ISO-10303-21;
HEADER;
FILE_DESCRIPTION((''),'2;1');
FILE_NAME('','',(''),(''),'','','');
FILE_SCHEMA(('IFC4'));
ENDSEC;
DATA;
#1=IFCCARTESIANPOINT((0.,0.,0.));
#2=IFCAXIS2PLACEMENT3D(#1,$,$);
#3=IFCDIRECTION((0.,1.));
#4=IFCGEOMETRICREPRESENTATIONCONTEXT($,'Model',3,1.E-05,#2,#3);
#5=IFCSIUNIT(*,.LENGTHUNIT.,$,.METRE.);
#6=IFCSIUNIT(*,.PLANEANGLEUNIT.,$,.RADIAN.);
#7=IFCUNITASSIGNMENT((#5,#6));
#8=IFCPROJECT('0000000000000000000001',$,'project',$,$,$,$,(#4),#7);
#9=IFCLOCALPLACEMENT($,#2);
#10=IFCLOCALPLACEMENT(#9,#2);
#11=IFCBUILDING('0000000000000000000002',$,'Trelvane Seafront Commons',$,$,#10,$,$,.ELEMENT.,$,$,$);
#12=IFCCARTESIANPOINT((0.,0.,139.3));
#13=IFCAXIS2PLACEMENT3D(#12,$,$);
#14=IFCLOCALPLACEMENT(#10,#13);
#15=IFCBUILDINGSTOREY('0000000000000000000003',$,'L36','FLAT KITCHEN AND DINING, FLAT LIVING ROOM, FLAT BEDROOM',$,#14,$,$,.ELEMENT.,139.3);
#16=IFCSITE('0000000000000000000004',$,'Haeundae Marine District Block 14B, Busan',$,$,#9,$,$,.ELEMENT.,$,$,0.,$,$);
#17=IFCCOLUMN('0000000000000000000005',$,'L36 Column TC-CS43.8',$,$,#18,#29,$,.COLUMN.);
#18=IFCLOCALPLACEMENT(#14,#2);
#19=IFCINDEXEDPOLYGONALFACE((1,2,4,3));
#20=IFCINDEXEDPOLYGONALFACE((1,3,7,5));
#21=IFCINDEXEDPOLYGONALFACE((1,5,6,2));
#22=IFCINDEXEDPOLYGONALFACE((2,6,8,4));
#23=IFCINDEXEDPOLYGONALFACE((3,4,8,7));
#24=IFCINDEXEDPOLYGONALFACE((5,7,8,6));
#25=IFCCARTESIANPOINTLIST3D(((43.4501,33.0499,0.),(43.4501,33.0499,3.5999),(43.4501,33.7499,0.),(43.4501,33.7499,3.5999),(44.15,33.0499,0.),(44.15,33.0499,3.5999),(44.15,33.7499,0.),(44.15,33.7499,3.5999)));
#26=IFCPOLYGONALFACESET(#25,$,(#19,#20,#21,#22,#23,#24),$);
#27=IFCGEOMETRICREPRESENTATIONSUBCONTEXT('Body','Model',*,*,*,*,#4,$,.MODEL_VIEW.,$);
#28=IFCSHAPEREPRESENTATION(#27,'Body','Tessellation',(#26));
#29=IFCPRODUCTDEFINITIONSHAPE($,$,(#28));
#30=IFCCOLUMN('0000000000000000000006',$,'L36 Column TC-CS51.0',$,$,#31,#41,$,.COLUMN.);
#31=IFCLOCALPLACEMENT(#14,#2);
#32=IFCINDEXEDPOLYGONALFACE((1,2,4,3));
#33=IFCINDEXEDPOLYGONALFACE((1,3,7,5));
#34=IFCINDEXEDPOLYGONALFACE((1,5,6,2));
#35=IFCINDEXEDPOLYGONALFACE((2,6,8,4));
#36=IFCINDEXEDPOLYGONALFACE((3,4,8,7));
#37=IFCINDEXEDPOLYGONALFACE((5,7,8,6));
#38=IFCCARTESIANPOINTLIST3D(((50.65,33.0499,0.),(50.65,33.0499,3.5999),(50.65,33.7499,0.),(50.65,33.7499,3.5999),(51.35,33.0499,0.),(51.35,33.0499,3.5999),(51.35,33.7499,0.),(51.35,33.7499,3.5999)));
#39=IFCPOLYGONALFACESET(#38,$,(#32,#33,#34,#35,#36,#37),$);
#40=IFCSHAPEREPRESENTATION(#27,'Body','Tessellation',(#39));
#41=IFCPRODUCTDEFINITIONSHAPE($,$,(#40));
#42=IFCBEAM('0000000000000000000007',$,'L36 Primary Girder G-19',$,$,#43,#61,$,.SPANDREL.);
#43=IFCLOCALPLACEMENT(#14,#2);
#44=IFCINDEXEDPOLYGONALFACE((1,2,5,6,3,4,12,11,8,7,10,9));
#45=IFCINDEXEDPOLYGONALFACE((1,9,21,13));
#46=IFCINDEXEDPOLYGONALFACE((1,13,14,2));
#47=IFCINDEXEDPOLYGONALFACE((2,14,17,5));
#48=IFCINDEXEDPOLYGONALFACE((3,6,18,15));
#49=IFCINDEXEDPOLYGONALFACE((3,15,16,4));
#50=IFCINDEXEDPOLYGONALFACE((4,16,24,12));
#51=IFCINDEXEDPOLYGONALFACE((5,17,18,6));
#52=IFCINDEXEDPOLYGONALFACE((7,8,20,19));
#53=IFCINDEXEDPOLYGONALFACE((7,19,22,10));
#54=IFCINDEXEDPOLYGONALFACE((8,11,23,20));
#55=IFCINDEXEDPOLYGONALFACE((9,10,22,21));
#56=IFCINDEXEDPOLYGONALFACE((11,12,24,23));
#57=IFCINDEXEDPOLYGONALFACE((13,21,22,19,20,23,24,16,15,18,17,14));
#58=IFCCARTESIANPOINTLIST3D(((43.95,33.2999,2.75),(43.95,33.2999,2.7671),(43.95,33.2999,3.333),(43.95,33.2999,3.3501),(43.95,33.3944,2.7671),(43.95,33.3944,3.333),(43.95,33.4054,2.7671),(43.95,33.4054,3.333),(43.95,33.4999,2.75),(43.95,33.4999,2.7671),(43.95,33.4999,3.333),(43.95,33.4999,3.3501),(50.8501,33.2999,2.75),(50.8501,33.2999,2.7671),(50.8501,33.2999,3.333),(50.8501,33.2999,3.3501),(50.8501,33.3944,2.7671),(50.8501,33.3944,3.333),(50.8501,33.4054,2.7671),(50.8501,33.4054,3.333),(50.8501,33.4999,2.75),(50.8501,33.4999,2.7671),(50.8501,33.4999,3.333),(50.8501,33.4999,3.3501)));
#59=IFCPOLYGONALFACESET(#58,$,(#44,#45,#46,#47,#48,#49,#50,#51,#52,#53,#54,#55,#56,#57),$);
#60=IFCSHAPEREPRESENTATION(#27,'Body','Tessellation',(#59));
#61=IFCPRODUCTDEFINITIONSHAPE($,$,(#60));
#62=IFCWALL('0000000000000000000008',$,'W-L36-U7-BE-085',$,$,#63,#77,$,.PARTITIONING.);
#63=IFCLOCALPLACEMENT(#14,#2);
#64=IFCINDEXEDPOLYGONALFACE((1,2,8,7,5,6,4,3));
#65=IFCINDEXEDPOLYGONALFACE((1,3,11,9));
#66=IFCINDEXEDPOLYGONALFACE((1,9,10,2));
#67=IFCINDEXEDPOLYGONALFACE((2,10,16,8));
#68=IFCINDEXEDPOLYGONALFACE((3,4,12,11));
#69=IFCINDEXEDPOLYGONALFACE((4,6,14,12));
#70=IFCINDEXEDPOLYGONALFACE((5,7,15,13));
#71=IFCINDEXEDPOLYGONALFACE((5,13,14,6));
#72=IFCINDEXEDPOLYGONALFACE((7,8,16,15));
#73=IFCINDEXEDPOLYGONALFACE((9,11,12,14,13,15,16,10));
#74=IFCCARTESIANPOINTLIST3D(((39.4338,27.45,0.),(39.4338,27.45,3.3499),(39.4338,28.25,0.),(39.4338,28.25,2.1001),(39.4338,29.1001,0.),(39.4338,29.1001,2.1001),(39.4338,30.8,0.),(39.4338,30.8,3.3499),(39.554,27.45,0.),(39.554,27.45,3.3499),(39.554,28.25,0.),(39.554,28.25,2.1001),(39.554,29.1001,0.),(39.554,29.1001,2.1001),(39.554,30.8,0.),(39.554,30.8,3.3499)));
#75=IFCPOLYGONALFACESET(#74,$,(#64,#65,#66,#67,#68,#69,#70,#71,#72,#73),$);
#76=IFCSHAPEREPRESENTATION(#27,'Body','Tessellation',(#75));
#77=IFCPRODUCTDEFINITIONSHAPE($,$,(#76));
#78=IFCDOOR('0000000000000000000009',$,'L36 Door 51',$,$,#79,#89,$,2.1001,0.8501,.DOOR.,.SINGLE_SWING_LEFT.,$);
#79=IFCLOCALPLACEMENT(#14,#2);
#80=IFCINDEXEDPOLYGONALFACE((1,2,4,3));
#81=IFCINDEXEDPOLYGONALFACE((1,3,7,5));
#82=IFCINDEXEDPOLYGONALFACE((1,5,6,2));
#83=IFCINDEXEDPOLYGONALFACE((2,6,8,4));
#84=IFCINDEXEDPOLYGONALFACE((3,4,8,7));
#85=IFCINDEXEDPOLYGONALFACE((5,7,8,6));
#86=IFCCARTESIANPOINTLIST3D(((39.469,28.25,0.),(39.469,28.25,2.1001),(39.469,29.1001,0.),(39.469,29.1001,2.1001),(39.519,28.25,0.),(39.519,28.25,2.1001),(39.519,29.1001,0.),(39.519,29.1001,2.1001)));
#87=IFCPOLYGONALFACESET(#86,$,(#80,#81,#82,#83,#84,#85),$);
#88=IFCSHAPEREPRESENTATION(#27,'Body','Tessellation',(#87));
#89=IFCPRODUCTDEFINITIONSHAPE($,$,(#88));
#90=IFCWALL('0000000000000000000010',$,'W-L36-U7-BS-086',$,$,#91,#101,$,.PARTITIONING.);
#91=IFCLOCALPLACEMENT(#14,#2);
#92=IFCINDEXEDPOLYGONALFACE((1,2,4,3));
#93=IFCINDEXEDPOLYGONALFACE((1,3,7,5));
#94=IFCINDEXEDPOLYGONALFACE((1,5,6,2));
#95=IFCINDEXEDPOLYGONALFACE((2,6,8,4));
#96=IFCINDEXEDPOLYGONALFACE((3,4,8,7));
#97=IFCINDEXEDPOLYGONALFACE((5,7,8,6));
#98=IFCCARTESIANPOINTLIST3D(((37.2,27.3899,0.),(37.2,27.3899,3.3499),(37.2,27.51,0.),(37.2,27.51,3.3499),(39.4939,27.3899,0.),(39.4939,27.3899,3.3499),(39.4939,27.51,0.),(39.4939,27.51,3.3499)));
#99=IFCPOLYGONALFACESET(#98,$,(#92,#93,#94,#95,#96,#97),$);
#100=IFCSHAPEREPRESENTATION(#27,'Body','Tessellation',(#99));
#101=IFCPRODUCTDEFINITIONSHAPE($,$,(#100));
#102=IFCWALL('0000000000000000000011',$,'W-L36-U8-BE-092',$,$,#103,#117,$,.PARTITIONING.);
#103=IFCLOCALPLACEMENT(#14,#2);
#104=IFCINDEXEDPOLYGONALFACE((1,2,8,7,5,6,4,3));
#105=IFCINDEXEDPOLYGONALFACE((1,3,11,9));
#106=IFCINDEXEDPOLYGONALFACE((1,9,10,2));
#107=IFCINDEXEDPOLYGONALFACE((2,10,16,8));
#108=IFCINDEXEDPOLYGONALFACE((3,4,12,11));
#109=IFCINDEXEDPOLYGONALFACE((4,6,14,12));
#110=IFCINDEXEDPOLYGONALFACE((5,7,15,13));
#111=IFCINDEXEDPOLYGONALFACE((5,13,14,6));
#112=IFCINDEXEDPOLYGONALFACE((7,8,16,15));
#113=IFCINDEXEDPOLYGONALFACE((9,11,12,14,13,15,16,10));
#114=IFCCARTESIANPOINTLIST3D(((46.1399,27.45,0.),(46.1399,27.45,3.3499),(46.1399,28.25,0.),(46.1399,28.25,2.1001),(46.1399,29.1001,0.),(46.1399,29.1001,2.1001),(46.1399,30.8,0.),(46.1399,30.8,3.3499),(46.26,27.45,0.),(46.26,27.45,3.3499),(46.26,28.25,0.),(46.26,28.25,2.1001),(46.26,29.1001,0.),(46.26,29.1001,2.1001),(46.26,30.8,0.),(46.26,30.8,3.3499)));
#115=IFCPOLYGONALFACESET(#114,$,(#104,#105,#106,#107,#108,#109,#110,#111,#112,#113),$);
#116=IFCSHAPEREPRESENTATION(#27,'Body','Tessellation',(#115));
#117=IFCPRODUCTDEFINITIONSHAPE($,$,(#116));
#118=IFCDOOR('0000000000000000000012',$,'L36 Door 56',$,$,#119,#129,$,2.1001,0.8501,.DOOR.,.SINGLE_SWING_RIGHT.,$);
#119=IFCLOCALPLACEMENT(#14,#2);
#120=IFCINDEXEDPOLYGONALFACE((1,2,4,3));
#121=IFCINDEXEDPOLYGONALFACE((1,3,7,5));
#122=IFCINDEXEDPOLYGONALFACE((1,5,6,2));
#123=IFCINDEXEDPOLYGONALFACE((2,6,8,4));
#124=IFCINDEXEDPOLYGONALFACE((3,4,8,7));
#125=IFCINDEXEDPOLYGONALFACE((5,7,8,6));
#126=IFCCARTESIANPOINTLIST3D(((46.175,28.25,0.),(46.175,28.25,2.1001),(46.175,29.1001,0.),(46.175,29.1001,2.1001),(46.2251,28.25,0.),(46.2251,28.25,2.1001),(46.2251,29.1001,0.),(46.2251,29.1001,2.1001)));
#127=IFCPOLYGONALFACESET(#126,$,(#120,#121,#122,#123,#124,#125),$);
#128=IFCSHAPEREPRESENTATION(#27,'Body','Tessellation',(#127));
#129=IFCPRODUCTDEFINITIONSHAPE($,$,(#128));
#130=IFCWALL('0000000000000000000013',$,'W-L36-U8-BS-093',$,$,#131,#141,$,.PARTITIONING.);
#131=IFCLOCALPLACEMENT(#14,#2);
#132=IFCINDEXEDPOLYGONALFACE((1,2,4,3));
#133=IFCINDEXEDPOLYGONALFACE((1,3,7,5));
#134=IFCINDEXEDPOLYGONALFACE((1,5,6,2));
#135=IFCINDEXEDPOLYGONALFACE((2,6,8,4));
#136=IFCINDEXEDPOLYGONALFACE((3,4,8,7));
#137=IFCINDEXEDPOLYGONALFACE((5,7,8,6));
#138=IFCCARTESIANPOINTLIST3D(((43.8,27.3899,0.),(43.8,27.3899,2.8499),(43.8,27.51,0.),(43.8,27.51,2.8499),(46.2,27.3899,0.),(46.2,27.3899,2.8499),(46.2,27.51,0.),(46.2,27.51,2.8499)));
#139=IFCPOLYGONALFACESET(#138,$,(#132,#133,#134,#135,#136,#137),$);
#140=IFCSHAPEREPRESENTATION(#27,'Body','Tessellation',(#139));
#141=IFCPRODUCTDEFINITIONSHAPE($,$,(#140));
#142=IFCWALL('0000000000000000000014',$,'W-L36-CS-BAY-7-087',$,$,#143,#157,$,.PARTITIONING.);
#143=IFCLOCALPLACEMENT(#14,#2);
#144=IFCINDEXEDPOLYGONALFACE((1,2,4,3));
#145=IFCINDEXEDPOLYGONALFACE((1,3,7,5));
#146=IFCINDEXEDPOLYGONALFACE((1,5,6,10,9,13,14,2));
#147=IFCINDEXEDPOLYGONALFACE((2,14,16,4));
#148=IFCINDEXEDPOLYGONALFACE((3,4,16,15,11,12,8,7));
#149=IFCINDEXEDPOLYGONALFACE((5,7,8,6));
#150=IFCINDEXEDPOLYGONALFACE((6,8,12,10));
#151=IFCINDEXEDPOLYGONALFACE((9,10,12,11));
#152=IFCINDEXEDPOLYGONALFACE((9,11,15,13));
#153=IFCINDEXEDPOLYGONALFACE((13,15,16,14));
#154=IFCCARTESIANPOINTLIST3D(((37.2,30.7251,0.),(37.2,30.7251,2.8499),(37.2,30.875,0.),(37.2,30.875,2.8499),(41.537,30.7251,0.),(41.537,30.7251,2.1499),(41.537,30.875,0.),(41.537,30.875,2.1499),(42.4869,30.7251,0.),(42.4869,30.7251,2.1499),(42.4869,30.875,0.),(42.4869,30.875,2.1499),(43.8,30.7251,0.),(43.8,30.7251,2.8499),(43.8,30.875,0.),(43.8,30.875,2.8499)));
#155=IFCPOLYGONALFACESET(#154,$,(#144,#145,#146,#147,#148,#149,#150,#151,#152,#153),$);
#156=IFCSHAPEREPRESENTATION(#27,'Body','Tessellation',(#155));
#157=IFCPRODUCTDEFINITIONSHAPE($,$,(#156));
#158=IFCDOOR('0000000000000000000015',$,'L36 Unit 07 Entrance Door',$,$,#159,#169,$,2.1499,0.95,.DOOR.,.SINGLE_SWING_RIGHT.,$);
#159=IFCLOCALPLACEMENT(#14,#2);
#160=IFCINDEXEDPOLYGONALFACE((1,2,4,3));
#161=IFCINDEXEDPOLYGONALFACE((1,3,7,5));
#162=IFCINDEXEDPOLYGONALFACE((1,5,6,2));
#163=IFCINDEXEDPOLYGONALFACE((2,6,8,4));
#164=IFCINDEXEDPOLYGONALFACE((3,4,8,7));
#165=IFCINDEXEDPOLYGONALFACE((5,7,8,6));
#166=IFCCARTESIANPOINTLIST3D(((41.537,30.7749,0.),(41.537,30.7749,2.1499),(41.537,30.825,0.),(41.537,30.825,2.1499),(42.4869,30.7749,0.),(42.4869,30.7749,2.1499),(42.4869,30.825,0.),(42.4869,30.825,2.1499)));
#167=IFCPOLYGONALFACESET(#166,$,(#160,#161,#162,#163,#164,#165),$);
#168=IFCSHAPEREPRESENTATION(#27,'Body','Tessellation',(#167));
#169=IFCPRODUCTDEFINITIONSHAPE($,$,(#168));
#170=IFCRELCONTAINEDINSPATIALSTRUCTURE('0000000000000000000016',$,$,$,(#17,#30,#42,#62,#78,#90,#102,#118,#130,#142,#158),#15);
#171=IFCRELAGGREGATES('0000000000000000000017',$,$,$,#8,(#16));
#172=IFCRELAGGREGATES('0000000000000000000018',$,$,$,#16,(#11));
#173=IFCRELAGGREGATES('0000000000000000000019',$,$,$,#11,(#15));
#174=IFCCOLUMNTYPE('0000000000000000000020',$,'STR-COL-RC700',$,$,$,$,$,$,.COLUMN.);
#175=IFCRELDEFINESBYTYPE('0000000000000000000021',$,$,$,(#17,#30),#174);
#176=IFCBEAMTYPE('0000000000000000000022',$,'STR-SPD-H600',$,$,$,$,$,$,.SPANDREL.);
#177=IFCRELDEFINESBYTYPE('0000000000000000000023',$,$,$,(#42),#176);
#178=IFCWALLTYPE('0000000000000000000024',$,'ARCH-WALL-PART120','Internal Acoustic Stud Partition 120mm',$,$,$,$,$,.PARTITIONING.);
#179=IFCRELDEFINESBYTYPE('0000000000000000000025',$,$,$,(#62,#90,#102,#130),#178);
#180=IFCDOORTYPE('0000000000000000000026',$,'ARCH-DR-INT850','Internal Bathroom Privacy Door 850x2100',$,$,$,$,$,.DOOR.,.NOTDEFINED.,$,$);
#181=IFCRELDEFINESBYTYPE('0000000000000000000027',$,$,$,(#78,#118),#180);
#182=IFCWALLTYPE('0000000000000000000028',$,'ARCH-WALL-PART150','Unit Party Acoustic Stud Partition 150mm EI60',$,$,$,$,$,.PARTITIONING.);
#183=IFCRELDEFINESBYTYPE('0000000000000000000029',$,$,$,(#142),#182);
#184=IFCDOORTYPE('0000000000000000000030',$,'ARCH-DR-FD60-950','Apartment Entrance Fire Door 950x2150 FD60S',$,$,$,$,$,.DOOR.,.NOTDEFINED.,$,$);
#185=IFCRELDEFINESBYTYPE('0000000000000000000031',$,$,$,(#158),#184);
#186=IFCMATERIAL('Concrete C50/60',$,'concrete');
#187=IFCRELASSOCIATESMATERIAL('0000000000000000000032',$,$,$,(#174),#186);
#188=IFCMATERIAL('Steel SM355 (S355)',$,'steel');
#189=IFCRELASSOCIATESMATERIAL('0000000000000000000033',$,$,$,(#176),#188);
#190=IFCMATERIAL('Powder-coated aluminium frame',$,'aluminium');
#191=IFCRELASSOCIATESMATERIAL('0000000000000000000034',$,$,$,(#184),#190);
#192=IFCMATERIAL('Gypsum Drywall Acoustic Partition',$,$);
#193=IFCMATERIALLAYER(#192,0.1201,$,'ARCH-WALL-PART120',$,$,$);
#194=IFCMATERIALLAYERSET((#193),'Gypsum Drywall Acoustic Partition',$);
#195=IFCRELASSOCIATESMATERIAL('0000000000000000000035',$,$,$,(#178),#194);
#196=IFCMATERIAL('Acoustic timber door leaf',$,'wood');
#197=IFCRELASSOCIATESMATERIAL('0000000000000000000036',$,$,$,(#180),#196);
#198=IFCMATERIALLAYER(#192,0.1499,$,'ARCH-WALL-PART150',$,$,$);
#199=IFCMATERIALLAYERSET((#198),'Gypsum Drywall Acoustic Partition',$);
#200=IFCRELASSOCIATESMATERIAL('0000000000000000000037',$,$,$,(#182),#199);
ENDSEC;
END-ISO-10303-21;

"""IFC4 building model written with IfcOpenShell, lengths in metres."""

from ifc_helpers import new_model, si_unit, direction, frame, frame_2d, origin, origin_2d, place, context, subcontext, project, spatial, rectangle, i_section, extrude, source, transform, mapped, material, layer, layer_set, material_profile, profile_set, type_object, element, fill, save


model = new_model("IFC4")

# Units and contexts
model_context = context("Model", 3, precision=1e-05, world=origin(), true_north=direction((0.0, 1.0)))
body_context = subcontext(model_context, "Body", "Model", "MODEL_VIEW")
ifc_project = project(units=[si_unit("LENGTHUNIT", "METRE"), si_unit("PLANEANGLEUNIT", "RADIAN")], contexts=[model_context])

# Site, building, storey
site_placement = place(None, origin())
site = spatial("IfcSite", under=ifc_project, at=site_placement, Name="Haeundae Marine District Block 14B, Busan", CompositionType="ELEMENT", RefElevation=0.0)
building_placement = place(site_placement, origin())
building = spatial("IfcBuilding", under=site, at=building_placement, Name="Trelvane Seafront Commons", CompositionType="ELEMENT")
storey_placement = place(building_placement, frame((0.0, 0.0, 139.3)))
storey = spatial("IfcBuildingStorey", under=building, at=storey_placement, Name="L36", Description="FLAT KITCHEN AND DINING, FLAT LIVING ROOM, FLAT BEDROOM", CompositionType="ELEMENT", Elevation=139.3)

# Columns
ifc_material_1 = material(Name="Concrete C50/60", Category="concrete")
ifc_material_profile_1 = material_profile(ifc_material_1, rectangle(XDim=0.7, YDim=0.7, at=origin_2d()), Name="RC-700x700")
ifc_profile_set_1 = profile_set([ifc_material_profile_1], Name="Concrete C50/60")
column_type = type_object("IfcColumnType", Name="STR-COL-RC700", PredefinedType="COLUMN", material=ifc_profile_set_1)
shared_shape_1 = source(origin(), body_context, "Body", "SweptSolid", [
    extrude(rectangle(XDim=0.7, YDim=0.7, at=origin_2d()), origin(), (0.0, 0.0, 1.0), 3.5999),
])
for number, where, z_axis, x_axis, name in (
    (1, (43.8, 33.3999, 0.0), (0.0, 0.0, 1.0), (1.0, 0.0, 0.0), "L36 Column TC-CS43.8"),
    (2, (51.0, 33.3999, 0.0), (0.0, 0.0, 1.0), (1.0, 0.0, 0.0), "L36 Column TC-CS51.0"),
):
    element("IfcColumn", number, at=place(storey_placement, frame(where, z_axis=z_axis, x_axis=x_axis)), inside=storey, type_object=column_type, Name=name, PredefinedType="COLUMN", context=body_context, shape_type="MappedRepresentation", body=[
        mapped(shared_shape_1, transform((0.0, 0.0, 0.0), x_axis=(1.0, 0.0, 0.0), y_axis=(0.0, 1.0, 0.0), z_axis=(0.0, 0.0, 1.0), scale=1.0)),
    ])

# Beam
ifc_material_2 = material(Name="Steel SM355 (S355)", Category="steel")
ifc_material_profile_2 = material_profile(ifc_material_2, i_section(OverallWidth=0.2, OverallDepth=0.6001, WebThickness=0.011, FlangeThickness=0.0171, at=origin_2d()), Name="H-600x200x11x17")
ifc_profile_set_2 = profile_set([ifc_material_profile_2], Name="Steel SM355 (S355)")
beam_type = type_object("IfcBeamType", Name="STR-SPD-H600", PredefinedType="SPANDREL", material=ifc_profile_set_2)
shared_shape_2 = source(origin(), body_context, "Body", "SweptSolid", [
    extrude(i_section(OverallWidth=0.2, OverallDepth=0.6001, WebThickness=0.011, FlangeThickness=0.0171, at=origin_2d()), origin(), (0.0, 0.0, 1.0), 6.9001),
])
beam_placement = place(storey_placement, frame((43.95, 33.3999, 3.05), z_axis=(1.0, 0.0, 0.0), x_axis=(0.0, 1.0, 0.0)))
element("IfcBeam", 3, at=beam_placement, inside=storey, type_object=beam_type, Name="L36 Primary Girder G-19", PredefinedType="SPANDREL", context=body_context, shape_type="MappedRepresentation", body=[
    mapped(shared_shape_2, transform((0.0, 0.0, 0.0), x_axis=(1.0, 0.0, 0.0), y_axis=(0.0, 1.0, 0.0), z_axis=(0.0, 0.0, 1.0), scale=1.0)),
])

# Shared definitions
ifc_material_3 = material(Name="Powder-coated aluminium frame", Category="aluminium")
door_type_1 = type_object("IfcDoorType", Name="ARCH-DR-FD60-950", Description="Apartment Entrance Fire Door 950x2150 FD60S", OperationType="NOTDEFINED", PredefinedType="DOOR", material=ifc_material_3)
shared_shape_3 = source(origin(), body_context, "Body", "SweptSolid", [
    extrude(rectangle(XDim=0.95, YDim=2.1499, at=frame_2d((0.4751, 1.075))), frame((0.0, 0.0249, 0.0), z_axis=(0.0, -1.0, 0.0), x_axis=(1.0, 0.0, 0.0)), (0.0, 0.0, 1.0), 0.05),
])

# Wall, opening, door
ifc_material_4 = material(Name="Gypsum Drywall Acoustic Partition")
ifc_layer_1 = layer(ifc_material_4, 0.1201, Name="ARCH-WALL-PART120")
ifc_layer_set_1 = layer_set([ifc_layer_1], Name="Gypsum Drywall Acoustic Partition")
wall_type_1 = type_object("IfcWallType", Name="ARCH-WALL-PART120", Description="Internal Acoustic Stud Partition 120mm", PredefinedType="PARTITIONING", material=ifc_layer_set_1)
wall_1_placement = place(storey_placement, frame((39.4939, 27.45, 0.0), z_axis=(0.0, 0.0, 1.0), x_axis=(0.0, 1.0, 0.0)))
wall_1 = element("IfcWall", 4, at=wall_1_placement, inside=storey, type_object=wall_type_1, Name="W-L36-U7-BE-085", PredefinedType="PARTITIONING", context=body_context, shape_type="SweptSolid", body=[
    extrude(rectangle(XDim=3.3501, YDim=0.1201, at=frame_2d((1.675, 0.0))), origin(), (0.0, 0.0, 1.0), 3.3499),
])
opening_1_placement = place(wall_1_placement, frame((0.8, 0.0, 0.0)))
opening_1 = element("IfcOpeningElement", 5, at=opening_1_placement, cuts=wall_1, PredefinedType="OPENING", context=body_context, shape_type="SweptSolid", body=[
    extrude(rectangle(XDim=0.8501, YDim=2.1001, at=frame_2d((0.425, 1.05))), frame((0.0, 0.0701, 0.0), z_axis=(0.0, -1.0, 0.0), x_axis=(1.0, 0.0, 0.0)), (0.0, 0.0, 1.0), 0.1401),
])
ifc_material_5 = material(Name="Acoustic timber door leaf", Category="wood")
door_type_2 = type_object("IfcDoorType", Name="ARCH-DR-INT850", Description="Internal Bathroom Privacy Door 850x2100", OperationType="NOTDEFINED", PredefinedType="DOOR", material=ifc_material_5)
shared_shape_4 = source(origin(), body_context, "Body", "SweptSolid", [
    extrude(rectangle(XDim=0.8501, YDim=2.1001, at=frame_2d((0.425, 1.05))), frame((0.0, 0.0249, 0.0), z_axis=(0.0, -1.0, 0.0), x_axis=(1.0, 0.0, 0.0)), (0.0, 0.0, 1.0), 0.05),
])
door_1_placement = place(opening_1_placement, origin())
door_1 = element("IfcDoor", 6, at=door_1_placement, inside=storey, type_object=door_type_2, Name="L36 Door 51", OperationType="SINGLE_SWING_LEFT", OverallHeight=2.1001, OverallWidth=0.8501, PredefinedType="DOOR", context=body_context, shape_type="MappedRepresentation", body=[
    mapped(shared_shape_4, transform((0.0, 0.0, 0.0), x_axis=(1.0, 0.0, 0.0), y_axis=(0.0, 1.0, 0.0), z_axis=(0.0, 0.0, 1.0), scale=1.0)),
])
fill(opening_1, door_1)

# Wall
wall_2_placement = place(storey_placement, frame((37.2, 27.45, 0.0), z_axis=(0.0, 0.0, 1.0), x_axis=(1.0, 0.0, 0.0)))
element("IfcWall", 7, at=wall_2_placement, inside=storey, type_object=wall_type_1, Name="W-L36-U7-BS-086", PredefinedType="PARTITIONING", context=body_context, shape_type="SweptSolid", body=[
    extrude(rectangle(XDim=2.2939, YDim=0.1201, at=frame_2d((1.147, 0.0))), origin(), (0.0, 0.0, 1.0), 3.3499),
])

# Wall, opening, door
wall_3_placement = place(storey_placement, frame((46.2, 27.45, 0.0), z_axis=(0.0, 0.0, 1.0), x_axis=(0.0, 1.0, 0.0)))
wall_3 = element("IfcWall", 8, at=wall_3_placement, inside=storey, type_object=wall_type_1, Name="W-L36-U8-BE-092", PredefinedType="PARTITIONING", context=body_context, shape_type="SweptSolid", body=[
    extrude(rectangle(XDim=3.3501, YDim=0.1201, at=frame_2d((1.675, 0.0))), origin(), (0.0, 0.0, 1.0), 3.3499),
])
opening_2_placement = place(wall_3_placement, frame((0.8, 0.0, 0.0)))
opening_2 = element("IfcOpeningElement", 9, at=opening_2_placement, cuts=wall_3, PredefinedType="OPENING", context=body_context, shape_type="SweptSolid", body=[
    extrude(rectangle(XDim=0.8501, YDim=2.1001, at=frame_2d((0.425, 1.05))), frame((0.0, 0.0701, 0.0), z_axis=(0.0, -1.0, 0.0), x_axis=(1.0, 0.0, 0.0)), (0.0, 0.0, 1.0), 0.1401),
])
door_2_placement = place(opening_2_placement, origin())
door_2 = element("IfcDoor", 10, at=door_2_placement, inside=storey, type_object=door_type_2, Name="L36 Door 56", OperationType="SINGLE_SWING_RIGHT", OverallHeight=2.1001, OverallWidth=0.8501, PredefinedType="DOOR", context=body_context, shape_type="MappedRepresentation", body=[
    mapped(shared_shape_4, transform((0.0, 0.0, 0.0), x_axis=(1.0, 0.0, 0.0), y_axis=(0.0, 1.0, 0.0), z_axis=(0.0, 0.0, 1.0), scale=1.0)),
])
fill(opening_2, door_2)

# Wall
wall_4_placement = place(storey_placement, frame((43.8, 27.45, 0.0), z_axis=(0.0, 0.0, 1.0), x_axis=(1.0, 0.0, 0.0)))
element("IfcWall", 11, at=wall_4_placement, inside=storey, type_object=wall_type_1, Name="W-L36-U8-BS-093", PredefinedType="PARTITIONING", context=body_context, shape_type="SweptSolid", body=[
    extrude(rectangle(XDim=2.3999, YDim=0.1201, at=frame_2d((1.2, 0.0))), origin(), (0.0, 0.0, 1.0), 2.8499),
])

# Wall, opening, door
ifc_layer_2 = layer(ifc_material_4, 0.1499, Name="ARCH-WALL-PART150")
ifc_layer_set_2 = layer_set([ifc_layer_2], Name="Gypsum Drywall Acoustic Partition")
wall_type_2 = type_object("IfcWallType", Name="ARCH-WALL-PART150", Description="Unit Party Acoustic Stud Partition 150mm EI60", PredefinedType="PARTITIONING", material=ifc_layer_set_2)
wall_5_placement = place(storey_placement, frame((37.2, 30.8, 0.0), z_axis=(0.0, 0.0, 1.0), x_axis=(1.0, 0.0, 0.0)))
wall_5 = element("IfcWall", 12, at=wall_5_placement, inside=storey, type_object=wall_type_2, Name="W-L36-CS-BAY-7-087", PredefinedType="PARTITIONING", context=body_context, shape_type="SweptSolid", body=[
    extrude(rectangle(XDim=6.6001, YDim=0.1499, at=frame_2d((3.3, 0.0))), origin(), (0.0, 0.0, 1.0), 2.8499),
])
opening_3_placement = place(wall_5_placement, frame((4.3369, 0.0, 0.0)))
opening_3 = element("IfcOpeningElement", 13, at=opening_3_placement, cuts=wall_5, PredefinedType="OPENING", context=body_context, shape_type="SweptSolid", body=[
    extrude(rectangle(XDim=0.95, YDim=2.1499, at=frame_2d((0.4751, 1.075))), frame((0.0, 0.085, 0.0), z_axis=(0.0, -1.0, 0.0), x_axis=(1.0, 0.0, 0.0)), (0.0, 0.0, 1.0), 0.1699),
])
door_3_placement = place(opening_3_placement, origin())
door_3 = element("IfcDoor", 14, at=door_3_placement, inside=storey, type_object=door_type_1, Name="L36 Unit 07 Entrance Door", OperationType="SINGLE_SWING_RIGHT", OverallHeight=2.1499, OverallWidth=0.95, PredefinedType="DOOR", context=body_context, shape_type="MappedRepresentation", body=[
    mapped(shared_shape_3, transform((0.0, 0.0, 0.0), x_axis=(1.0, 0.0, 0.0), y_axis=(0.0, 1.0, 0.0), z_axis=(0.0, 0.0, 1.0), scale=1.0)),
])
fill(opening_3, door_3)

save(model, "model.ifc")
